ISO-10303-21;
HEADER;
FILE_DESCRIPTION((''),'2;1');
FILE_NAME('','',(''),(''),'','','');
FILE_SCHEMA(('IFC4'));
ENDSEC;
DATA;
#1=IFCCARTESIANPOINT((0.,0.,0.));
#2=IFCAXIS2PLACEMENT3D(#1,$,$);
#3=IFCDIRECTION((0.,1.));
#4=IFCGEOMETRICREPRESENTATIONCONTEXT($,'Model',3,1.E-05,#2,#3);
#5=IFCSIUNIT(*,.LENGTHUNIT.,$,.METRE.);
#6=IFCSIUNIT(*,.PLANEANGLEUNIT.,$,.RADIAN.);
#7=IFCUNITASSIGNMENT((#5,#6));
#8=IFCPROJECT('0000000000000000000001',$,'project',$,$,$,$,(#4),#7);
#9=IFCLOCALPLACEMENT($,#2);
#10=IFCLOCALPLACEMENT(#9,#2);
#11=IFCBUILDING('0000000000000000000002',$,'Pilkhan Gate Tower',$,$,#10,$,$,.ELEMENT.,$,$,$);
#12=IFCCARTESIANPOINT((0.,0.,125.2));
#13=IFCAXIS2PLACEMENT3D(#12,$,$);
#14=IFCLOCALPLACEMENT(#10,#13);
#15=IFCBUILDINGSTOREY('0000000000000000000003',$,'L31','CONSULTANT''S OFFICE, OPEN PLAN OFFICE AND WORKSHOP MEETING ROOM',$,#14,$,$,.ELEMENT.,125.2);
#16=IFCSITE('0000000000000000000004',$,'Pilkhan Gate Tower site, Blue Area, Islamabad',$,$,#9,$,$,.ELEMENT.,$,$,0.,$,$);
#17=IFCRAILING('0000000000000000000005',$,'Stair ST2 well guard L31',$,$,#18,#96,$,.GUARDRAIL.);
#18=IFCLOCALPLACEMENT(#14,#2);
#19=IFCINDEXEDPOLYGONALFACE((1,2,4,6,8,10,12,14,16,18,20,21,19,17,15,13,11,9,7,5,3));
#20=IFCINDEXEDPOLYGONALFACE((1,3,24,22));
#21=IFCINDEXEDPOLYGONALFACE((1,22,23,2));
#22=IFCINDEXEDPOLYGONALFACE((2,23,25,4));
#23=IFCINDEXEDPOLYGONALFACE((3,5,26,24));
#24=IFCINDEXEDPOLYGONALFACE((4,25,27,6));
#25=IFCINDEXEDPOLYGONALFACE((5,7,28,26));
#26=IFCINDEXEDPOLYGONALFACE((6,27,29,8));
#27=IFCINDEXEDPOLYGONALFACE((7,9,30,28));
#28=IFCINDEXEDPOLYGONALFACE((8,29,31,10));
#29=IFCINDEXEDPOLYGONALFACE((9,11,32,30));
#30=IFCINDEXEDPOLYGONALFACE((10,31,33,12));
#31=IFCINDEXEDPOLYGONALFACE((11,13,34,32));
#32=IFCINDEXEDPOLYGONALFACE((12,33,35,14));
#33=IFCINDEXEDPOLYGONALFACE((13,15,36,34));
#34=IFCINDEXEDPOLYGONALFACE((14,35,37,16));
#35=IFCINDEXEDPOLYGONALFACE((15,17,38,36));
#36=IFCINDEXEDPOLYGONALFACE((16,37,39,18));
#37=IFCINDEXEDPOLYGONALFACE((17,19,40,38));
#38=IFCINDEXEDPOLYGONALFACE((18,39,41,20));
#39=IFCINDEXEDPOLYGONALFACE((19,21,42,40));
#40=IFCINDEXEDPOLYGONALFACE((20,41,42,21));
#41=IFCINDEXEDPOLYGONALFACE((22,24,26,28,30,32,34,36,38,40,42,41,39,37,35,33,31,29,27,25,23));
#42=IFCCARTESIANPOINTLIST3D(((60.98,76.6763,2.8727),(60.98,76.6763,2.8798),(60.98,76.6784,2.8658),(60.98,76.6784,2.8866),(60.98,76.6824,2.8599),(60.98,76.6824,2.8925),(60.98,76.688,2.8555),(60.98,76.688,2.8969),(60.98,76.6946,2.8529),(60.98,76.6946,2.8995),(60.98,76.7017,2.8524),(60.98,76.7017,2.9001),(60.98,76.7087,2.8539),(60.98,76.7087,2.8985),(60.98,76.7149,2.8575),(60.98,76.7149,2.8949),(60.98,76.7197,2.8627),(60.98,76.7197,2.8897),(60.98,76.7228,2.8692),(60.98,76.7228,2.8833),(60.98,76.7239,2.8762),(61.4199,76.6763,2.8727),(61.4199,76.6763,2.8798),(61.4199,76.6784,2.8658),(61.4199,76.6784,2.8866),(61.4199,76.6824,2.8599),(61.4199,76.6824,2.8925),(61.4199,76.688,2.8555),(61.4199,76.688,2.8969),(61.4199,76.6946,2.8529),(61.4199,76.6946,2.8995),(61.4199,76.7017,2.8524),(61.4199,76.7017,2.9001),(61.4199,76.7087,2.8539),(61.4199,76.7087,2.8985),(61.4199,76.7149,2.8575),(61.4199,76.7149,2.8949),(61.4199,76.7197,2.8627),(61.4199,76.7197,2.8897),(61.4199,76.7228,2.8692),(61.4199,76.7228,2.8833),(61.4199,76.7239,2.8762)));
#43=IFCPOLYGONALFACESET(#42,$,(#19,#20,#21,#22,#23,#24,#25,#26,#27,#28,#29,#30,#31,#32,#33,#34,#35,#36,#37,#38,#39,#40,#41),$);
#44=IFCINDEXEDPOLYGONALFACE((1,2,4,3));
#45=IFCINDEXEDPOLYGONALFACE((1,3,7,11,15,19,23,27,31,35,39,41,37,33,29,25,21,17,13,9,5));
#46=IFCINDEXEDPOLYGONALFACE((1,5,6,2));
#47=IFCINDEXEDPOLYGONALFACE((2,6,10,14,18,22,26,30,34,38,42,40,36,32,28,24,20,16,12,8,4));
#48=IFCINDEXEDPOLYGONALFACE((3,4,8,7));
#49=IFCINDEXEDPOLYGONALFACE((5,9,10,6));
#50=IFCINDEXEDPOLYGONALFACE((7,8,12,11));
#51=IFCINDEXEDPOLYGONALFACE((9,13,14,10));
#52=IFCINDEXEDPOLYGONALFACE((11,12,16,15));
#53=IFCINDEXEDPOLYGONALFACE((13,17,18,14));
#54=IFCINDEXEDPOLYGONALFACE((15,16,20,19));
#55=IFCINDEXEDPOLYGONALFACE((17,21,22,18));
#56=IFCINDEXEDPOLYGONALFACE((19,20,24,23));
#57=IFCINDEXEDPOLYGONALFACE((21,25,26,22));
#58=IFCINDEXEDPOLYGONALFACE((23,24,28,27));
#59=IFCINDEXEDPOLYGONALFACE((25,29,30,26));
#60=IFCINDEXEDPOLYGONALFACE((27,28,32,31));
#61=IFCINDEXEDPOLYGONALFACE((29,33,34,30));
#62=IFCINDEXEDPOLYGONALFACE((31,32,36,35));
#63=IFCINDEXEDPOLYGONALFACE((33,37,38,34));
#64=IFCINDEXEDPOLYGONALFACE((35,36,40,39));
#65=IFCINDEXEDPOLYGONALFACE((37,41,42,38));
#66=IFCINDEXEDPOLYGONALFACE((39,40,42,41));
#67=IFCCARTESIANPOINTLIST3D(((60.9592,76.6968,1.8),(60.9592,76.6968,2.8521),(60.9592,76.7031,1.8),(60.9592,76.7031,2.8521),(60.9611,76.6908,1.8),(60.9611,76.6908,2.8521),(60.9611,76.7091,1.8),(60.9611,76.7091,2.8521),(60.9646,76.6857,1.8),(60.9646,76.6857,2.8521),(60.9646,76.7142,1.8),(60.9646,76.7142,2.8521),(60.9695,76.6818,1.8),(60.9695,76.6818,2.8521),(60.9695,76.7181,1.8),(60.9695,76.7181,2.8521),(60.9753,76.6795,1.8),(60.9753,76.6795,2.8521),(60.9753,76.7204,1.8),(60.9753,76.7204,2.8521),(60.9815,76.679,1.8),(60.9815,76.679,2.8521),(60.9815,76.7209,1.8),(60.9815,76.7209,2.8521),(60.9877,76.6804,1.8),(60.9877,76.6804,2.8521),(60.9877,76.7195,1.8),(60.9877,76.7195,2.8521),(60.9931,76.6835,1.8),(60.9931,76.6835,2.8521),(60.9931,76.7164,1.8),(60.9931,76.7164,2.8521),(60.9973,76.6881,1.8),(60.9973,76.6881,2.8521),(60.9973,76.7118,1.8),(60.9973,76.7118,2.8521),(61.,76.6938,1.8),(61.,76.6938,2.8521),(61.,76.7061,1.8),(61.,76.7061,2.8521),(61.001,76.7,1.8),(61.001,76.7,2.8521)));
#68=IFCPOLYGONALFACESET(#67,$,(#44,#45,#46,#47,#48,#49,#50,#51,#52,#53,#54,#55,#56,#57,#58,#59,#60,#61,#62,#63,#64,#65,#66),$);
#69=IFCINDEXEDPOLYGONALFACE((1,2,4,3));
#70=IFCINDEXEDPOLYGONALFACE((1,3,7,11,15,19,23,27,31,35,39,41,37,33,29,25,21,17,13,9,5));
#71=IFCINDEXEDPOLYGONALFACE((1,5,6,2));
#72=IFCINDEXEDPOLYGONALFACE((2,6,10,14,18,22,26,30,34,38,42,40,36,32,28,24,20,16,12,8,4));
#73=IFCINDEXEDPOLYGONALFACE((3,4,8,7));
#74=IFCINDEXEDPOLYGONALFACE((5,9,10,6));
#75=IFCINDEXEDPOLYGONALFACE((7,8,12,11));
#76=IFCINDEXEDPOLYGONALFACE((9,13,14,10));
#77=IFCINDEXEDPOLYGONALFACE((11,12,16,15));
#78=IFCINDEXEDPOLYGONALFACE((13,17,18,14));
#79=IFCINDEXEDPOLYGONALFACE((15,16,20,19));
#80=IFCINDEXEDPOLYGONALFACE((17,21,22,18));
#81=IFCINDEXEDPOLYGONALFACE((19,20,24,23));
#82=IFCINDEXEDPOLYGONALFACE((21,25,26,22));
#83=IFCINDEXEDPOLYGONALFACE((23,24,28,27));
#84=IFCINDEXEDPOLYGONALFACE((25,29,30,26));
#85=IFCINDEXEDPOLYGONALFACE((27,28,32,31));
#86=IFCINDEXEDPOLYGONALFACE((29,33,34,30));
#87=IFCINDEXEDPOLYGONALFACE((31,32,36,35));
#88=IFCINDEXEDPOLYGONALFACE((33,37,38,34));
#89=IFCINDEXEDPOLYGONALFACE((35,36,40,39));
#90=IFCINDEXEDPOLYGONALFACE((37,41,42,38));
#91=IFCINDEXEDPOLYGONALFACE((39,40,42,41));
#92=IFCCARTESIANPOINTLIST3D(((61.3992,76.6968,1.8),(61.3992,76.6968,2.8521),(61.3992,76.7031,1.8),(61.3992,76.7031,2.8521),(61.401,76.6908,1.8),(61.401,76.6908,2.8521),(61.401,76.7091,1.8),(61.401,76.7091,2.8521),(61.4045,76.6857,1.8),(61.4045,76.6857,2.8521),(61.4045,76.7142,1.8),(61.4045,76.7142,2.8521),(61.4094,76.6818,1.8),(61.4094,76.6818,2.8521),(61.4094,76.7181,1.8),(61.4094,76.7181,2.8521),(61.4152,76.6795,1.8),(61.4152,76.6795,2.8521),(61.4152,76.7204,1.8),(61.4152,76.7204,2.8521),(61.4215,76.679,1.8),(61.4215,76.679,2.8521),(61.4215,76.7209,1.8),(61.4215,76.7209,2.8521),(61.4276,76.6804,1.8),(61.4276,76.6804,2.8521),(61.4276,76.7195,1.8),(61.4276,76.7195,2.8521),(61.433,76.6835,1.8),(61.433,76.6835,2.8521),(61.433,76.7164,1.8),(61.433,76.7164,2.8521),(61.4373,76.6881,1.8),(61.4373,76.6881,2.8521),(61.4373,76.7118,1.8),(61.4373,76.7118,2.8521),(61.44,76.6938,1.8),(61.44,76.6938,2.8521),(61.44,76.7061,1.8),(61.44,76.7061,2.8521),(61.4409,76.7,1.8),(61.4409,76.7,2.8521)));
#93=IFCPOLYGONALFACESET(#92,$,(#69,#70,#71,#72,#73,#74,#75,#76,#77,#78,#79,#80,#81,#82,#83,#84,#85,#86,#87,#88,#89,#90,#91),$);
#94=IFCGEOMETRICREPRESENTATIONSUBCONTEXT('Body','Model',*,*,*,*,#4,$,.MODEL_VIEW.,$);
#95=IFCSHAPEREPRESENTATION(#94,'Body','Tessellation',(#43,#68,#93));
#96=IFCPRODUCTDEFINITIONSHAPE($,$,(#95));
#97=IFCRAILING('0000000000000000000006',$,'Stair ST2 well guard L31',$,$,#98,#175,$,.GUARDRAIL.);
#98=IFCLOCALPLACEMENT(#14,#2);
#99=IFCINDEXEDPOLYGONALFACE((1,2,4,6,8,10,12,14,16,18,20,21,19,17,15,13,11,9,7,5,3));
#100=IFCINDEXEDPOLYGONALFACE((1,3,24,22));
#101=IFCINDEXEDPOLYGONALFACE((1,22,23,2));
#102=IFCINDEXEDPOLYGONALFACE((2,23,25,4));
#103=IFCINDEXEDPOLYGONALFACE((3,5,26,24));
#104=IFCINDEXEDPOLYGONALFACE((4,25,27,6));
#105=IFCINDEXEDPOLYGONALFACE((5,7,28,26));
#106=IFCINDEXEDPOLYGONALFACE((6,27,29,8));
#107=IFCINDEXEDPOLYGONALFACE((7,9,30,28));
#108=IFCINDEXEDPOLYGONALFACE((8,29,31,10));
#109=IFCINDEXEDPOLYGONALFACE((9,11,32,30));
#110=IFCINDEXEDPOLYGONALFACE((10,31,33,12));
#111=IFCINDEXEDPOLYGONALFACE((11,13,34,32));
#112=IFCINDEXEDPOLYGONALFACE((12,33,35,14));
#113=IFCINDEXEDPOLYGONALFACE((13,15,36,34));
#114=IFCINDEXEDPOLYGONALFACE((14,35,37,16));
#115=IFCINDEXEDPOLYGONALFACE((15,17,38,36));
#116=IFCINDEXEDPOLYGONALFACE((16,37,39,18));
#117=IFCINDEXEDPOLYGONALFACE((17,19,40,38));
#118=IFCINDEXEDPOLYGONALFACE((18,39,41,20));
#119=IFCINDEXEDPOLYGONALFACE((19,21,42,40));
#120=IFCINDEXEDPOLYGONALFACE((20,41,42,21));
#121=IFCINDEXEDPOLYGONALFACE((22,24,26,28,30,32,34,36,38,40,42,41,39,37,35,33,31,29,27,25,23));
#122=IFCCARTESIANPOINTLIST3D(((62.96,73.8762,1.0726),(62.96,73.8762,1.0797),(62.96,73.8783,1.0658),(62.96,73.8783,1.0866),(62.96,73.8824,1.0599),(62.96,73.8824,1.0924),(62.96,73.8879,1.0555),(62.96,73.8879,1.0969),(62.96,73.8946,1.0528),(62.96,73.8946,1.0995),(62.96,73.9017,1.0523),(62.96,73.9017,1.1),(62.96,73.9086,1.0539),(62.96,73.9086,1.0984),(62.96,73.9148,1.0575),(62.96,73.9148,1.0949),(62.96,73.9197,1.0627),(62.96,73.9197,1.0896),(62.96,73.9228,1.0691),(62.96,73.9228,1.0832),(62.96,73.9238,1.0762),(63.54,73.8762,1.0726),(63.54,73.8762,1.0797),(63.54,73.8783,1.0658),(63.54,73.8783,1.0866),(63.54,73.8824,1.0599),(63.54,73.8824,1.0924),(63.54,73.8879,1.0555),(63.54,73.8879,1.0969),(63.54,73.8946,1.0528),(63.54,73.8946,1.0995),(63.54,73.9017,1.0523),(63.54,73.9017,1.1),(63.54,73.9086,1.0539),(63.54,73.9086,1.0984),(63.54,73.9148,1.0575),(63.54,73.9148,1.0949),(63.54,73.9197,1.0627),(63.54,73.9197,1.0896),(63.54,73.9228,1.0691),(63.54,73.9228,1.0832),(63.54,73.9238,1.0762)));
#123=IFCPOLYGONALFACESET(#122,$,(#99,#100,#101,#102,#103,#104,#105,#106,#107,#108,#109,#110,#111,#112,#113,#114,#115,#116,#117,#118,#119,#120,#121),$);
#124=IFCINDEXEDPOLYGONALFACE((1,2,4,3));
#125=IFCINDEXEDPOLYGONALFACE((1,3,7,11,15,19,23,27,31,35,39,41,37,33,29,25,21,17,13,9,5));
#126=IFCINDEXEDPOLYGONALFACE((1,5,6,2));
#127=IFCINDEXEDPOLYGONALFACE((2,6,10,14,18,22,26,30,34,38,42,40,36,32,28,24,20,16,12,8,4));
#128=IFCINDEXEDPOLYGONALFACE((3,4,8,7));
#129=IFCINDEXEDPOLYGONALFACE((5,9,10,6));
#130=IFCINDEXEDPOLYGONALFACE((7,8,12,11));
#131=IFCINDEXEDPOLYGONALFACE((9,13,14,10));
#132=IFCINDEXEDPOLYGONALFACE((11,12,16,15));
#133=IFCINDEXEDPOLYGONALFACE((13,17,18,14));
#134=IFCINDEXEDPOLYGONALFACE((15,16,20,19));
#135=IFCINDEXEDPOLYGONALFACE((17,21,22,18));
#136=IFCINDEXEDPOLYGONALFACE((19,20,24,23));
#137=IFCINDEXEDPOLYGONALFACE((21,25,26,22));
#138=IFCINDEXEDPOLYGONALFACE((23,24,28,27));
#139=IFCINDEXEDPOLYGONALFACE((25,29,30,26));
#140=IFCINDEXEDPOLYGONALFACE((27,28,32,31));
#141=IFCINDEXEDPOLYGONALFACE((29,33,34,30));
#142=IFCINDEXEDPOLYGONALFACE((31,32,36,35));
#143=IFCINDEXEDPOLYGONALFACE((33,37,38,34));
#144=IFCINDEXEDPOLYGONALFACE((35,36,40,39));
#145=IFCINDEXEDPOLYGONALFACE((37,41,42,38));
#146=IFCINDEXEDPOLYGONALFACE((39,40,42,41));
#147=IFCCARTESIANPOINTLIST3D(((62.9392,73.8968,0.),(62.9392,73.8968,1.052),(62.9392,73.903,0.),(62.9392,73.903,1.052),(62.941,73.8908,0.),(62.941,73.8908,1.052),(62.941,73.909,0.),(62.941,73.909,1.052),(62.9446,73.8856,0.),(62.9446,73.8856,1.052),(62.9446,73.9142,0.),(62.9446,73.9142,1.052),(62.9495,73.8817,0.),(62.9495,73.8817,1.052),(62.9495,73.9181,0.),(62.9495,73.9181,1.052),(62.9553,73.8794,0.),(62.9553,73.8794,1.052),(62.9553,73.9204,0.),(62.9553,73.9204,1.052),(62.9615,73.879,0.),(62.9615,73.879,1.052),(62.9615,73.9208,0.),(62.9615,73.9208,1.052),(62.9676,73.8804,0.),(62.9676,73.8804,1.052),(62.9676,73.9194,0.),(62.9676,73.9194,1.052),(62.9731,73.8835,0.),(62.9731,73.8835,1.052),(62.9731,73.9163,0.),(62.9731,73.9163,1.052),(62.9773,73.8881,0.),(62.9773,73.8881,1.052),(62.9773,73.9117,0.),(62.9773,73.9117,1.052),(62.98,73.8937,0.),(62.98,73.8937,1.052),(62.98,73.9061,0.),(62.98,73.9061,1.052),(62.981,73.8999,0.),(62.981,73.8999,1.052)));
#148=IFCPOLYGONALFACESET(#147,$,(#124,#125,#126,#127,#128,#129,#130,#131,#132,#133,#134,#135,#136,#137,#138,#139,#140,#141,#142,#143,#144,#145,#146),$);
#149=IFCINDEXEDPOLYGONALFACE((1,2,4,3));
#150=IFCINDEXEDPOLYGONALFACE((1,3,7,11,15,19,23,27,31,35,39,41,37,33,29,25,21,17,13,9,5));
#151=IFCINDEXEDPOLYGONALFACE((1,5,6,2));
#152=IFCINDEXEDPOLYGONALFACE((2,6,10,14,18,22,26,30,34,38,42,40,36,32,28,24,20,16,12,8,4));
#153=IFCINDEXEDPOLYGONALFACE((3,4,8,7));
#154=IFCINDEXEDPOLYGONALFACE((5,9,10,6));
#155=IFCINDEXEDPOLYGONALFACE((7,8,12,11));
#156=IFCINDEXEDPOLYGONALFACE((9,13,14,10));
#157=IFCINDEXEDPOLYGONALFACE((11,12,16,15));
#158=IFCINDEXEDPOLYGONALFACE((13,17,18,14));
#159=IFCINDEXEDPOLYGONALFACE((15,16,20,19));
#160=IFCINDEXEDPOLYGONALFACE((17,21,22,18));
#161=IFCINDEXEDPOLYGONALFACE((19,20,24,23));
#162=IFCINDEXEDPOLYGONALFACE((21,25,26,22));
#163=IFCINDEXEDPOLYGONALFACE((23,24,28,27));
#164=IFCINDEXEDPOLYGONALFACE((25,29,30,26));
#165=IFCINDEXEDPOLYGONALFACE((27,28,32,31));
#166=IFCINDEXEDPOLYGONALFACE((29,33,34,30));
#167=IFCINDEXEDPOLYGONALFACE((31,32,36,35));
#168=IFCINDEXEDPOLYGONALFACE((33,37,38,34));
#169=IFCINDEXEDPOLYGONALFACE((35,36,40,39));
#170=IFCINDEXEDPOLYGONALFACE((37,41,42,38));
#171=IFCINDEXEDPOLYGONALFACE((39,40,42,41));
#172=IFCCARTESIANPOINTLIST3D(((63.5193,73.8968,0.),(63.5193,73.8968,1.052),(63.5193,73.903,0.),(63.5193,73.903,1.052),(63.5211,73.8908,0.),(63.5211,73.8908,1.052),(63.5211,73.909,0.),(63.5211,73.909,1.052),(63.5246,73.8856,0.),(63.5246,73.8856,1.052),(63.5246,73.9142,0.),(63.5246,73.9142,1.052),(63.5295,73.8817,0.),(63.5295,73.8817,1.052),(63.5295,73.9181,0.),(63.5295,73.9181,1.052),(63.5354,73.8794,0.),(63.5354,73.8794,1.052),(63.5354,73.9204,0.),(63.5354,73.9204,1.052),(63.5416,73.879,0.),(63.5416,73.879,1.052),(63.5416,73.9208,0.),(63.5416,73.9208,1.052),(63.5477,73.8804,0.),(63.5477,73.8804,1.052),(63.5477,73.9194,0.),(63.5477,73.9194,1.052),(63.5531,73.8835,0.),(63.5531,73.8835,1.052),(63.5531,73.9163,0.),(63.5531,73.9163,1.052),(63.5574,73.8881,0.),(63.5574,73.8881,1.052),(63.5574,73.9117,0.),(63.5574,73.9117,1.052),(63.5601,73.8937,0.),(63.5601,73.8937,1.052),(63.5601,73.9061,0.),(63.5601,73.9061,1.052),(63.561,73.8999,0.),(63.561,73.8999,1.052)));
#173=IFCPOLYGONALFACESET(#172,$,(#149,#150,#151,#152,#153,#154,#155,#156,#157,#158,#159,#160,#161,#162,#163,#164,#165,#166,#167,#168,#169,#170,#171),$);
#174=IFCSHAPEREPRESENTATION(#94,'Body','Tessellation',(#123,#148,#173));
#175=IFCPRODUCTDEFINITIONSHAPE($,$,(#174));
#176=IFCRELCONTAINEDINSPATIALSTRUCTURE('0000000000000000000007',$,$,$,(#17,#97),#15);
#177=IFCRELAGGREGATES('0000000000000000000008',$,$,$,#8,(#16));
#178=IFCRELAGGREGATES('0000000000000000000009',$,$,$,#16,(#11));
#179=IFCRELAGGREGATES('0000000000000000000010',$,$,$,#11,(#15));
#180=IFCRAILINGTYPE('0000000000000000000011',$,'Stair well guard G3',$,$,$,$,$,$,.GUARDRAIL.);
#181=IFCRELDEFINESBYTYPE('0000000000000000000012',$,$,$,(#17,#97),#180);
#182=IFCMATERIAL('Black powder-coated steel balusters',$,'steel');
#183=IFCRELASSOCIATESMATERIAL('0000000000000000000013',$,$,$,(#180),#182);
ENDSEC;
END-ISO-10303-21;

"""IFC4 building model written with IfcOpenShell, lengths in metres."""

from ifc_helpers import new_model, si_unit, direction, frame, origin, origin_2d, place, context, subcontext, project, spatial, circle, extrude, material, type_object, element, save


model = new_model("IFC4")

# Units and contexts
model_context = context("Model", 3, precision=1e-05, world=origin(), true_north=direction((0.0, 1.0)))
body_context = subcontext(model_context, "Body", "Model", "MODEL_VIEW")
ifc_project = project(units=[si_unit("LENGTHUNIT", "METRE"), si_unit("PLANEANGLEUNIT", "RADIAN")], contexts=[model_context])

# Site, building, storey
site_placement = place(None, origin())
site = spatial("IfcSite", under=ifc_project, at=site_placement, Name="Pilkhan Gate Tower site, Blue Area, Islamabad", CompositionType="ELEMENT", RefElevation=0.0)
building_placement = place(site_placement, origin())
building = spatial("IfcBuilding", under=site, at=building_placement, Name="Pilkhan Gate Tower", CompositionType="ELEMENT")
storey_placement = place(building_placement, frame((0.0, 0.0, 125.2)))
storey = spatial("IfcBuildingStorey", under=building, at=storey_placement, Name="L31", Description="CONSULTANT'S OFFICE, OPEN PLAN OFFICE AND WORKSHOP MEETING ROOM", CompositionType="ELEMENT", Elevation=125.2)

# Railings
ifc_material_1 = material(Name="Black powder-coated steel balusters", Category="steel")
railing_type_1 = type_object("IfcRailingType", Name="Stair well guard G3", PredefinedType="GUARDRAIL", material=ifc_material_1)
railing_1_placement = place(storey_placement, frame((60.98, 76.7, 1.8)))
element("IfcRailing", 1, at=railing_1_placement, inside=storey, type_object=railing_type_1, Name="Stair ST2 well guard L31", PredefinedType="GUARDRAIL", context=body_context, shape_type="SweptSolid", body=[
    extrude(circle(Radius=0.0239, at=origin_2d()), frame((0.0, 0.0, 1.0762), z_axis=(1.0, 0.0, 0.0), x_axis=(0.0, 1.0, 0.0)), (0.0, 0.0, 1.0), 0.4399),
    extrude(circle(Radius=0.021, at=origin_2d()), origin(), (0.0, 0.0, 1.0), 1.052),
    extrude(circle(Radius=0.021, at=origin_2d()), frame((0.4399, 0.0, 0.0)), (0.0, 0.0, 1.0), 1.052),
])
for number, where, name in (
    (2, (62.96, 73.8999, 0.0), "Stair ST2 well guard L31"),
):
    element("IfcRailing", number, at=place(storey_placement, frame(where)), inside=storey, type_object=railing_type_1, Name=name, PredefinedType="GUARDRAIL", context=body_context, shape_type="SweptSolid", body=[
        extrude(circle(Radius=0.0239, at=origin_2d()), frame((0.0, 0.0, 1.0762), z_axis=(1.0, 0.0, 0.0), x_axis=(0.0, 1.0, 0.0)), (0.0, 0.0, 1.0), 0.5801),
        extrude(circle(Radius=0.021, at=origin_2d()), origin(), (0.0, 0.0, 1.0), 1.052),
        extrude(circle(Radius=0.021, at=origin_2d()), frame((0.5801, 0.0, 0.0)), (0.0, 0.0, 1.0), 1.052),
    ])

save(model, "model.ifc")
